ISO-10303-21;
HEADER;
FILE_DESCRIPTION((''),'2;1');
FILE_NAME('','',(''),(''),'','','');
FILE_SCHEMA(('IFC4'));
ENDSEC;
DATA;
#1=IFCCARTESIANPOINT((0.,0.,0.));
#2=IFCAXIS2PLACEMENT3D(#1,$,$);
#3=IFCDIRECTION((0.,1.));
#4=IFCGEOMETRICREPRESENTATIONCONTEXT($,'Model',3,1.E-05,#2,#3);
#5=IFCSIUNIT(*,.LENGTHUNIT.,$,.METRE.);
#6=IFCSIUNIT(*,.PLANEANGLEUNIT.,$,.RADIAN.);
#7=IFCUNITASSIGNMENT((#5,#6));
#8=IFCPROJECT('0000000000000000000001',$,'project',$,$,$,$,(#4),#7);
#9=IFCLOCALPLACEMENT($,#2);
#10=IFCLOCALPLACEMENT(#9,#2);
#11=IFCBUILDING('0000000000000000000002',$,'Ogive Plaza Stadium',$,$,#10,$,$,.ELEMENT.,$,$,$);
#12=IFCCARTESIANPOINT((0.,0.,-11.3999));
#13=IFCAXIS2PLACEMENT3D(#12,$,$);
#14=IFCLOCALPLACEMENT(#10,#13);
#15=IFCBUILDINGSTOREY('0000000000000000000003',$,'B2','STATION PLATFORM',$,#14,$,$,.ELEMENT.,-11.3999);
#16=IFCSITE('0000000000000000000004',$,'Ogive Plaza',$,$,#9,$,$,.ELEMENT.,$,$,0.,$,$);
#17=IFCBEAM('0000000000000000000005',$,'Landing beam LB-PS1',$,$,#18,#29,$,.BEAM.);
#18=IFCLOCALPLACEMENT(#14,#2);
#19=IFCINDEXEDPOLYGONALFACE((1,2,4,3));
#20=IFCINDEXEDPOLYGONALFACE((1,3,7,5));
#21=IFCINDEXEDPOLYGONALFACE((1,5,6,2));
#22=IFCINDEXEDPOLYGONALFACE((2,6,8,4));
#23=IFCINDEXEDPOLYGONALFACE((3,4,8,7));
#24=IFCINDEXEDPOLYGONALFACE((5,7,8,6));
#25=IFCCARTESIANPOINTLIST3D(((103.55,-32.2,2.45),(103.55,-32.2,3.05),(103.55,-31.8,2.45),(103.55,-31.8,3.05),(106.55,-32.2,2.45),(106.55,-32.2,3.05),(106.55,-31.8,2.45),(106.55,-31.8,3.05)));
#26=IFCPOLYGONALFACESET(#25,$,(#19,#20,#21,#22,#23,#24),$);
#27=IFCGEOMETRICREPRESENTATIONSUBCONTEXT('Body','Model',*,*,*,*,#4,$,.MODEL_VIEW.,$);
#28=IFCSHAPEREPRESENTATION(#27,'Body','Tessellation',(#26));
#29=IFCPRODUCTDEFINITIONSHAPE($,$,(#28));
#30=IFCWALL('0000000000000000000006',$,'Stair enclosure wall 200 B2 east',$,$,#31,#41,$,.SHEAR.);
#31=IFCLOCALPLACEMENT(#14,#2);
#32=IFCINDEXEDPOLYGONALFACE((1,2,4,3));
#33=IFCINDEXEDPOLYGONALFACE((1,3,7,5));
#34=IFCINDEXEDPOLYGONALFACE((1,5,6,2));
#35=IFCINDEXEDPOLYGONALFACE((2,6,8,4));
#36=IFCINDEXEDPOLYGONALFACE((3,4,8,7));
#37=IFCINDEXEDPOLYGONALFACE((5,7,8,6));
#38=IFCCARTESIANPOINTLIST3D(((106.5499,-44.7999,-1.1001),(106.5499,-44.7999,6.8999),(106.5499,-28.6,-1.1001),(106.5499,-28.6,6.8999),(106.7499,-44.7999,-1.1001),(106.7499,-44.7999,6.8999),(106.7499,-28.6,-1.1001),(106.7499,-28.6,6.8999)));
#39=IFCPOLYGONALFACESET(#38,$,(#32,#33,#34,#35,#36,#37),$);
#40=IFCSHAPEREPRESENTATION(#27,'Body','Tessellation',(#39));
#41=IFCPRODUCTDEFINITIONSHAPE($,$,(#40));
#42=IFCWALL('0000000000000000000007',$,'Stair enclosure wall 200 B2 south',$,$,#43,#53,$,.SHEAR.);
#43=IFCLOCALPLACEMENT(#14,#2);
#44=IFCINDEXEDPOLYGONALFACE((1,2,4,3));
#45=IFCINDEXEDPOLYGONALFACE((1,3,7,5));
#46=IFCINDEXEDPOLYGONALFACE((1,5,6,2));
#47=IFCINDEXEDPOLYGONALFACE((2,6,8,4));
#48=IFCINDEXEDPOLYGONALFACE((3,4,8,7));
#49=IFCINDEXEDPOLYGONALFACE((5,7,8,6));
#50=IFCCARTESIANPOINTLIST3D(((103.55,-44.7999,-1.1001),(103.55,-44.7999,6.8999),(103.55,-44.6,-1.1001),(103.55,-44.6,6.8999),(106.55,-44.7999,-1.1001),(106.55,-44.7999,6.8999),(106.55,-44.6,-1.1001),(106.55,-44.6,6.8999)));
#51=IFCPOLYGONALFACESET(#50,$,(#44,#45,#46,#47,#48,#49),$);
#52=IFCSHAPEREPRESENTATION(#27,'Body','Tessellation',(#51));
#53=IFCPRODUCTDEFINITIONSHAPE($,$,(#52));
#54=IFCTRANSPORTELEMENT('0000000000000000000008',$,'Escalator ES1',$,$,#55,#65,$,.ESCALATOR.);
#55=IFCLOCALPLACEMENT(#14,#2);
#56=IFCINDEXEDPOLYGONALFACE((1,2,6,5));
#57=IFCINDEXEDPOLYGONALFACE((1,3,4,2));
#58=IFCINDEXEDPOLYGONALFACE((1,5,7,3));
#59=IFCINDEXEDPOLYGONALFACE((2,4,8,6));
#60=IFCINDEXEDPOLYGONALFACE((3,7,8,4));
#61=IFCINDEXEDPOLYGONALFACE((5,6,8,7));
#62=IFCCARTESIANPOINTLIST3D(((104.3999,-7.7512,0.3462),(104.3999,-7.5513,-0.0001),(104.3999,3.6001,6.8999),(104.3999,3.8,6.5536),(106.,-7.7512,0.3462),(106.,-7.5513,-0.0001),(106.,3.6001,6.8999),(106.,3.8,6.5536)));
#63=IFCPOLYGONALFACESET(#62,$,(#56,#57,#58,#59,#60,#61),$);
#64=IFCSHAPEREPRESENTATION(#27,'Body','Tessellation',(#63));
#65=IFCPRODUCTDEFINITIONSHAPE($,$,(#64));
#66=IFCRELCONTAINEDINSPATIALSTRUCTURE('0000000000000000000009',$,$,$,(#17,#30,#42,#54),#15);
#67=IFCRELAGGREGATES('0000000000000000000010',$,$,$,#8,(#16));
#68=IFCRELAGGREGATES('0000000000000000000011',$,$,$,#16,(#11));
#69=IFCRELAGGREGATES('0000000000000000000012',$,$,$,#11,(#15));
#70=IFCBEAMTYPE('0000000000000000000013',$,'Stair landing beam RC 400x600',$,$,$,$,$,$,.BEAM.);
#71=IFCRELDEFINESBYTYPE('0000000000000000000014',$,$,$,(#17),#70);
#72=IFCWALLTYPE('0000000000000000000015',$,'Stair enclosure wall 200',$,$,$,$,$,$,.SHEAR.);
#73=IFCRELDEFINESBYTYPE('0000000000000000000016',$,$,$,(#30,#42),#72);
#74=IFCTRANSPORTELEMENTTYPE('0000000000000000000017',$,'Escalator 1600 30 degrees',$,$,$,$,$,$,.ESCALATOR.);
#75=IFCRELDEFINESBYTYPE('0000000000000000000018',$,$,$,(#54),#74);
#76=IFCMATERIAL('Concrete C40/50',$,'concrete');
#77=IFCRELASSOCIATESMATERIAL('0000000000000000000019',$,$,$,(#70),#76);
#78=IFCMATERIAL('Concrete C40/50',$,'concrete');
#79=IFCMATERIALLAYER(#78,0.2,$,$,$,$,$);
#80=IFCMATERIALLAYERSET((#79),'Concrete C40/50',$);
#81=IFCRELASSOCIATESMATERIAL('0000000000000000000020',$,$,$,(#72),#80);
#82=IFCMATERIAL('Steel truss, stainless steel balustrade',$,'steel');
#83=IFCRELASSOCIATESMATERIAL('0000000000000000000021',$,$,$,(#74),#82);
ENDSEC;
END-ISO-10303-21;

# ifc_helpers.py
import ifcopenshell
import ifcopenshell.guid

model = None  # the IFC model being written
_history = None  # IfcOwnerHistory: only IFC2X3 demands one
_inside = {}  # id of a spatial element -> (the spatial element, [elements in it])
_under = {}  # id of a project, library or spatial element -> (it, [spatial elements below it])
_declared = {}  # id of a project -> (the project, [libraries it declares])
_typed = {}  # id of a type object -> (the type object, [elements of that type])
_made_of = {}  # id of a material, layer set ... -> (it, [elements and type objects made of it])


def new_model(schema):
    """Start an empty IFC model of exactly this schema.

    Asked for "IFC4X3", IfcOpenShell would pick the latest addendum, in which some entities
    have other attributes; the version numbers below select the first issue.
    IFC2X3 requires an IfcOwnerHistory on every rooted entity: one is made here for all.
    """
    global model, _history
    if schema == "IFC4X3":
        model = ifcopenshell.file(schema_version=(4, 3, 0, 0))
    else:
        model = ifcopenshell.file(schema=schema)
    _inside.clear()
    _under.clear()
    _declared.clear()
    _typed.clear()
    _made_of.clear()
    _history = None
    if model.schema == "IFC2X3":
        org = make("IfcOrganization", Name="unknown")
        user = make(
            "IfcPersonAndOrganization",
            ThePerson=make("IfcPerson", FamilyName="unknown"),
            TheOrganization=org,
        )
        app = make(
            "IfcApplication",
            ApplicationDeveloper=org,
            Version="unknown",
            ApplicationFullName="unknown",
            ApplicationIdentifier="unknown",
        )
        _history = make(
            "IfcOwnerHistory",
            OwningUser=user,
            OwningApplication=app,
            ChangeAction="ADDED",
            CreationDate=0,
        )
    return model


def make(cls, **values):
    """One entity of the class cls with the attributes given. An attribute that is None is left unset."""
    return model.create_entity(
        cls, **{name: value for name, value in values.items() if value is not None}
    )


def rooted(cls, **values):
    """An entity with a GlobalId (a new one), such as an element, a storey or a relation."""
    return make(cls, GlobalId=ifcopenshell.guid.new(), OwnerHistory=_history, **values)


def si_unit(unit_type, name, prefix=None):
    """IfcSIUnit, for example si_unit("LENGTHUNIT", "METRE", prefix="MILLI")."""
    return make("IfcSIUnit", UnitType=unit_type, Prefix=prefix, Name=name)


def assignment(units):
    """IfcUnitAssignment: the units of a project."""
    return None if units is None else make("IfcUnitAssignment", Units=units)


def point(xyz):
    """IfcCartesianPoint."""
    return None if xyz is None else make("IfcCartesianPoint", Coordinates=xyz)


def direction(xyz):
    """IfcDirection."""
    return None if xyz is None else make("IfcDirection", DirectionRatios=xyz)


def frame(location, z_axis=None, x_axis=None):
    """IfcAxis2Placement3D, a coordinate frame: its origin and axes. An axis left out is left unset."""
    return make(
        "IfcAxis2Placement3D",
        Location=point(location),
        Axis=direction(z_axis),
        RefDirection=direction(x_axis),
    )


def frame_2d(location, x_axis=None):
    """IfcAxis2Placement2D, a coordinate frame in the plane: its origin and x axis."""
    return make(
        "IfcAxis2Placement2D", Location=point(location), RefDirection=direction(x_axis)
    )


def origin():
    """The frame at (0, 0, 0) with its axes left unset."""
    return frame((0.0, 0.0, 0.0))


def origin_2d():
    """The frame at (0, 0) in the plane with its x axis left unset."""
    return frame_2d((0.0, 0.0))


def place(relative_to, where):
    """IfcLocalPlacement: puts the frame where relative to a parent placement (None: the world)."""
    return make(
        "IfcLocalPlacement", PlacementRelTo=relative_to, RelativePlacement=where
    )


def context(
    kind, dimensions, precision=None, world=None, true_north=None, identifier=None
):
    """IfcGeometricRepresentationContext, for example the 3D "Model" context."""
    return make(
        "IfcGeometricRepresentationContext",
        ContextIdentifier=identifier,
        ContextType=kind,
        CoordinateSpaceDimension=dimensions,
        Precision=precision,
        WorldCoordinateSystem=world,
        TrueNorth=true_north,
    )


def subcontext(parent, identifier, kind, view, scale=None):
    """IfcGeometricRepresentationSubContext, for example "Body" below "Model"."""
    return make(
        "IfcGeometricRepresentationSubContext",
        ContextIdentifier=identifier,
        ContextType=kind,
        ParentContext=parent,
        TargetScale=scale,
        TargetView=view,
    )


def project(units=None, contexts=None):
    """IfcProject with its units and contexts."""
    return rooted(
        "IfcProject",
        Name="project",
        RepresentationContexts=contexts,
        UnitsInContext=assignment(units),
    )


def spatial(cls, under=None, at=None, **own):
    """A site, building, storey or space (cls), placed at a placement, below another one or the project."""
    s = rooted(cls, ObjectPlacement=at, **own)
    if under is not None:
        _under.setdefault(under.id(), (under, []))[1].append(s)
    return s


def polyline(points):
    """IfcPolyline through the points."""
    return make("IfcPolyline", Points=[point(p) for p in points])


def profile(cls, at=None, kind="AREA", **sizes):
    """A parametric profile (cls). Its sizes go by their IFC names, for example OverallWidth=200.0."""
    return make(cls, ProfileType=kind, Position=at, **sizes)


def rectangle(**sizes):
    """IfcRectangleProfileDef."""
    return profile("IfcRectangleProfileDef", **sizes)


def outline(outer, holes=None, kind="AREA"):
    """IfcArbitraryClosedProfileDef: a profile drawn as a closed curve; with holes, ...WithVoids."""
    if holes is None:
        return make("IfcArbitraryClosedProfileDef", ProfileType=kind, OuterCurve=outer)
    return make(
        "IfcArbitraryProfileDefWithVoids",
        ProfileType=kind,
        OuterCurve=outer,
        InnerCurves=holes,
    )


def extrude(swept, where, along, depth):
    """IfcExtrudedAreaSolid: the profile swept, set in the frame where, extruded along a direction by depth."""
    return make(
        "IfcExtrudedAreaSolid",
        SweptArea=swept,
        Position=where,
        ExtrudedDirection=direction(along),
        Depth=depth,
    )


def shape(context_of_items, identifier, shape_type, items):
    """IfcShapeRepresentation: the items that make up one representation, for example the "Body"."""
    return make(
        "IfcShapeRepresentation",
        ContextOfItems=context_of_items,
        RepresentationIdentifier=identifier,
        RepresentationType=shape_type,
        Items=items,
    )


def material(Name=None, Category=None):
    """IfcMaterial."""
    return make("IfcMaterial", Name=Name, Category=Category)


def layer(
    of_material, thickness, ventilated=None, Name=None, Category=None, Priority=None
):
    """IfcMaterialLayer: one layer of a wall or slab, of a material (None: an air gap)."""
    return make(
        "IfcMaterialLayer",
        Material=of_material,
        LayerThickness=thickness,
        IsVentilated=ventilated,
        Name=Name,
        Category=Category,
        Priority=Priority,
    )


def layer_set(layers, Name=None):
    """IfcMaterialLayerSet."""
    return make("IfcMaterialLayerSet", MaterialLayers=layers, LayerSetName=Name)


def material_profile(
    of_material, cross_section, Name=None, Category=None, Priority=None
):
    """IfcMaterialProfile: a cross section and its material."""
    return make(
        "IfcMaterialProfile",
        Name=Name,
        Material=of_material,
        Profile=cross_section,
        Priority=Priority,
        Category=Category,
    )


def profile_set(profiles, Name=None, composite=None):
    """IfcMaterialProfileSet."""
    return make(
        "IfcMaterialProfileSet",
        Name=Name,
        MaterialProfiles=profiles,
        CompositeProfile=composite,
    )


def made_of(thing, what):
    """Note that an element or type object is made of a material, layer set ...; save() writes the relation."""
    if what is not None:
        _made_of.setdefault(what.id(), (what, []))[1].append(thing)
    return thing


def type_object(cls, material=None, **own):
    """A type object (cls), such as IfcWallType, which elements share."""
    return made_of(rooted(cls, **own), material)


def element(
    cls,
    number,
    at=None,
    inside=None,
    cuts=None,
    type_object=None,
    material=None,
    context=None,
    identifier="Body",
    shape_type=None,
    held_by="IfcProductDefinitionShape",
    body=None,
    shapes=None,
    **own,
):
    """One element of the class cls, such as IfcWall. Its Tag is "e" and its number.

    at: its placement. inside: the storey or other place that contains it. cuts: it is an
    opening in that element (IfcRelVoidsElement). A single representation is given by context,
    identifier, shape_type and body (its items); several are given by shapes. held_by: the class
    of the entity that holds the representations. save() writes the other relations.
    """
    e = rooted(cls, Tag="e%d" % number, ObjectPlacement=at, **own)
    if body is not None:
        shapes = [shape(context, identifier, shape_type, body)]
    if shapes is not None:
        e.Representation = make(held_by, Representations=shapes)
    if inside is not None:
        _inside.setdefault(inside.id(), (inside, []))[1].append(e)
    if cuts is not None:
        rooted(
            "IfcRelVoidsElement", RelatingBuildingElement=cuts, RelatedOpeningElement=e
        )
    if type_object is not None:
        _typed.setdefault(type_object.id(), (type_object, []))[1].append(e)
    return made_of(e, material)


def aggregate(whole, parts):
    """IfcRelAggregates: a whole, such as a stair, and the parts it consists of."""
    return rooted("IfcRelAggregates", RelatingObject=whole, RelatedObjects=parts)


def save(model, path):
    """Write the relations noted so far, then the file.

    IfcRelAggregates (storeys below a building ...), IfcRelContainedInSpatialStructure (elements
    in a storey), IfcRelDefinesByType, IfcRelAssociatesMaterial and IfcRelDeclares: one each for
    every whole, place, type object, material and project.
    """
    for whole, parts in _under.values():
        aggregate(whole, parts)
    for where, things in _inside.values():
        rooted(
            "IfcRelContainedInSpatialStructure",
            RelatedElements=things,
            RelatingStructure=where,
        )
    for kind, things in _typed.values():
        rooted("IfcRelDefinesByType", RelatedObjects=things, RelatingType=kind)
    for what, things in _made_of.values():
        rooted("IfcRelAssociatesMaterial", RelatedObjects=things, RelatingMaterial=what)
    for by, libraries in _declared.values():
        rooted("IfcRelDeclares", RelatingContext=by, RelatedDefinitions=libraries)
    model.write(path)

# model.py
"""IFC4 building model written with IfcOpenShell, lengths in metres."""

from ifc_helpers import new_model, si_unit, direction, frame, frame_2d, origin, origin_2d, place, context, subcontext, project, spatial, polyline, rectangle, outline, extrude, material, layer, layer_set, material_profile, profile_set, type_object, element, save


model = new_model("IFC4")

# Units and contexts
model_context = context("Model", 3, precision=1e-05, world=origin(), true_north=direction((0.0, 1.0)))
body_context = subcontext(model_context, "Body", "Model", "MODEL_VIEW")
ifc_project = project(units=[si_unit("LENGTHUNIT", "METRE"), si_unit("PLANEANGLEUNIT", "RADIAN")], contexts=[model_context])

# Site, building, storey
site_placement = place(None, origin())
site = spatial("IfcSite", under=ifc_project, at=site_placement, Name="Ogive Plaza", CompositionType="ELEMENT", RefElevation=0.0)
building_placement = place(site_placement, origin())
building = spatial("IfcBuilding", under=site, at=building_placement, Name="Ogive Plaza Stadium", CompositionType="ELEMENT")
storey_placement = place(building_placement, frame((0.0, 0.0, -11.3999)))
storey = spatial("IfcBuildingStorey", under=building, at=storey_placement, Name="B2", Description="STATION PLATFORM", CompositionType="ELEMENT", Elevation=-11.3999)

# Beam
ifc_material_1 = material(Name="Concrete C40/50", Category="concrete")
ifc_material_profile_1 = material_profile(ifc_material_1, rectangle(XDim=0.3999, YDim=0.6001, at=origin_2d()), Name="Stair landing beam RC 400x600")
ifc_profile_set_1 = profile_set([ifc_material_profile_1], Name="Concrete C40/50")
beam_type = type_object("IfcBeamType", Name="Stair landing beam RC 400x600", PredefinedType="BEAM", material=ifc_profile_set_1)
beam_placement = place(storey_placement, frame((103.55, -32.0, 2.75), z_axis=(1.0, 0.0, 0.0), x_axis=(0.0, 1.0, 0.0)))
element("IfcBeam", 1, at=beam_placement, inside=storey, type_object=beam_type, Name="Landing beam LB-PS1", PredefinedType="BEAM", context=body_context, shape_type="SweptSolid", body=[
    extrude(rectangle(XDim=0.3999, YDim=0.6001, at=origin_2d()), origin(), (0.0, 0.0, 1.0), 3.0),
])

# Shared definitions
ifc_material_2 = material(Name="Concrete C40/50", Category="concrete")
ifc_layer = layer(ifc_material_2, 0.2)
ifc_layer_set = layer_set([ifc_layer], Name="Concrete C40/50")
wall_type = type_object("IfcWallType", Name="Stair enclosure wall 200", PredefinedType="SHEAR", material=ifc_layer_set)

# Walls
wall_1_placement = place(storey_placement, frame((106.6499, -44.8, -1.1001), z_axis=(0.0, 0.0, 1.0), x_axis=(0.0, 1.0, 0.0)))
element("IfcWall", 2, at=wall_1_placement, inside=storey, type_object=wall_type, Name="Stair enclosure wall 200 B2 east", PredefinedType="SHEAR", context=body_context, shape_type="SweptSolid", body=[
    extrude(rectangle(XDim=16.2, YDim=0.2, at=frame_2d((8.1001, 0.0))), origin(), (0.0, 0.0, 1.0), 8.0),
])
wall_2_placement = place(storey_placement, frame((103.55, -44.7, -1.1001), z_axis=(0.0, 0.0, 1.0), x_axis=(1.0, 0.0, 0.0)))
element("IfcWall", 3, at=wall_2_placement, inside=storey, type_object=wall_type, Name="Stair enclosure wall 200 B2 south", PredefinedType="SHEAR", context=body_context, shape_type="SweptSolid", body=[
    extrude(rectangle(XDim=3.0, YDim=0.2, at=frame_2d((1.5, 0.0))), origin(), (0.0, 0.0, 1.0), 8.0),
])

# Transport element
ifc_material_3 = material(Name="Steel truss, stainless steel balustrade", Category="steel")
transport_element_type = type_object("IfcTransportElementType", Name="Escalator 1600 30 degrees", PredefinedType="ESCALATOR", material=ifc_material_3)
transport_element_placement = place(storey_placement, frame((104.3999, -7.7512, 0.3462), z_axis=(0.0, -0.500001, 0.866025), x_axis=(1.0, 0.0, 0.0)))
element("IfcTransportElement", 4, at=transport_element_placement, inside=storey, type_object=transport_element_type, Name="Escalator ES1", PredefinedType="ESCALATOR", context=body_context, shape_type="SweptSolid", body=[
    extrude(outline(polyline([(0.0, 0.0), (1.6001, 0.0), (1.6001, 13.1074), (0.0, 13.1074), (0.0, 0.0)])), origin(), (0.0, 0.0, -1.0), 0.3999),
])

save(model, "model.ifc")
